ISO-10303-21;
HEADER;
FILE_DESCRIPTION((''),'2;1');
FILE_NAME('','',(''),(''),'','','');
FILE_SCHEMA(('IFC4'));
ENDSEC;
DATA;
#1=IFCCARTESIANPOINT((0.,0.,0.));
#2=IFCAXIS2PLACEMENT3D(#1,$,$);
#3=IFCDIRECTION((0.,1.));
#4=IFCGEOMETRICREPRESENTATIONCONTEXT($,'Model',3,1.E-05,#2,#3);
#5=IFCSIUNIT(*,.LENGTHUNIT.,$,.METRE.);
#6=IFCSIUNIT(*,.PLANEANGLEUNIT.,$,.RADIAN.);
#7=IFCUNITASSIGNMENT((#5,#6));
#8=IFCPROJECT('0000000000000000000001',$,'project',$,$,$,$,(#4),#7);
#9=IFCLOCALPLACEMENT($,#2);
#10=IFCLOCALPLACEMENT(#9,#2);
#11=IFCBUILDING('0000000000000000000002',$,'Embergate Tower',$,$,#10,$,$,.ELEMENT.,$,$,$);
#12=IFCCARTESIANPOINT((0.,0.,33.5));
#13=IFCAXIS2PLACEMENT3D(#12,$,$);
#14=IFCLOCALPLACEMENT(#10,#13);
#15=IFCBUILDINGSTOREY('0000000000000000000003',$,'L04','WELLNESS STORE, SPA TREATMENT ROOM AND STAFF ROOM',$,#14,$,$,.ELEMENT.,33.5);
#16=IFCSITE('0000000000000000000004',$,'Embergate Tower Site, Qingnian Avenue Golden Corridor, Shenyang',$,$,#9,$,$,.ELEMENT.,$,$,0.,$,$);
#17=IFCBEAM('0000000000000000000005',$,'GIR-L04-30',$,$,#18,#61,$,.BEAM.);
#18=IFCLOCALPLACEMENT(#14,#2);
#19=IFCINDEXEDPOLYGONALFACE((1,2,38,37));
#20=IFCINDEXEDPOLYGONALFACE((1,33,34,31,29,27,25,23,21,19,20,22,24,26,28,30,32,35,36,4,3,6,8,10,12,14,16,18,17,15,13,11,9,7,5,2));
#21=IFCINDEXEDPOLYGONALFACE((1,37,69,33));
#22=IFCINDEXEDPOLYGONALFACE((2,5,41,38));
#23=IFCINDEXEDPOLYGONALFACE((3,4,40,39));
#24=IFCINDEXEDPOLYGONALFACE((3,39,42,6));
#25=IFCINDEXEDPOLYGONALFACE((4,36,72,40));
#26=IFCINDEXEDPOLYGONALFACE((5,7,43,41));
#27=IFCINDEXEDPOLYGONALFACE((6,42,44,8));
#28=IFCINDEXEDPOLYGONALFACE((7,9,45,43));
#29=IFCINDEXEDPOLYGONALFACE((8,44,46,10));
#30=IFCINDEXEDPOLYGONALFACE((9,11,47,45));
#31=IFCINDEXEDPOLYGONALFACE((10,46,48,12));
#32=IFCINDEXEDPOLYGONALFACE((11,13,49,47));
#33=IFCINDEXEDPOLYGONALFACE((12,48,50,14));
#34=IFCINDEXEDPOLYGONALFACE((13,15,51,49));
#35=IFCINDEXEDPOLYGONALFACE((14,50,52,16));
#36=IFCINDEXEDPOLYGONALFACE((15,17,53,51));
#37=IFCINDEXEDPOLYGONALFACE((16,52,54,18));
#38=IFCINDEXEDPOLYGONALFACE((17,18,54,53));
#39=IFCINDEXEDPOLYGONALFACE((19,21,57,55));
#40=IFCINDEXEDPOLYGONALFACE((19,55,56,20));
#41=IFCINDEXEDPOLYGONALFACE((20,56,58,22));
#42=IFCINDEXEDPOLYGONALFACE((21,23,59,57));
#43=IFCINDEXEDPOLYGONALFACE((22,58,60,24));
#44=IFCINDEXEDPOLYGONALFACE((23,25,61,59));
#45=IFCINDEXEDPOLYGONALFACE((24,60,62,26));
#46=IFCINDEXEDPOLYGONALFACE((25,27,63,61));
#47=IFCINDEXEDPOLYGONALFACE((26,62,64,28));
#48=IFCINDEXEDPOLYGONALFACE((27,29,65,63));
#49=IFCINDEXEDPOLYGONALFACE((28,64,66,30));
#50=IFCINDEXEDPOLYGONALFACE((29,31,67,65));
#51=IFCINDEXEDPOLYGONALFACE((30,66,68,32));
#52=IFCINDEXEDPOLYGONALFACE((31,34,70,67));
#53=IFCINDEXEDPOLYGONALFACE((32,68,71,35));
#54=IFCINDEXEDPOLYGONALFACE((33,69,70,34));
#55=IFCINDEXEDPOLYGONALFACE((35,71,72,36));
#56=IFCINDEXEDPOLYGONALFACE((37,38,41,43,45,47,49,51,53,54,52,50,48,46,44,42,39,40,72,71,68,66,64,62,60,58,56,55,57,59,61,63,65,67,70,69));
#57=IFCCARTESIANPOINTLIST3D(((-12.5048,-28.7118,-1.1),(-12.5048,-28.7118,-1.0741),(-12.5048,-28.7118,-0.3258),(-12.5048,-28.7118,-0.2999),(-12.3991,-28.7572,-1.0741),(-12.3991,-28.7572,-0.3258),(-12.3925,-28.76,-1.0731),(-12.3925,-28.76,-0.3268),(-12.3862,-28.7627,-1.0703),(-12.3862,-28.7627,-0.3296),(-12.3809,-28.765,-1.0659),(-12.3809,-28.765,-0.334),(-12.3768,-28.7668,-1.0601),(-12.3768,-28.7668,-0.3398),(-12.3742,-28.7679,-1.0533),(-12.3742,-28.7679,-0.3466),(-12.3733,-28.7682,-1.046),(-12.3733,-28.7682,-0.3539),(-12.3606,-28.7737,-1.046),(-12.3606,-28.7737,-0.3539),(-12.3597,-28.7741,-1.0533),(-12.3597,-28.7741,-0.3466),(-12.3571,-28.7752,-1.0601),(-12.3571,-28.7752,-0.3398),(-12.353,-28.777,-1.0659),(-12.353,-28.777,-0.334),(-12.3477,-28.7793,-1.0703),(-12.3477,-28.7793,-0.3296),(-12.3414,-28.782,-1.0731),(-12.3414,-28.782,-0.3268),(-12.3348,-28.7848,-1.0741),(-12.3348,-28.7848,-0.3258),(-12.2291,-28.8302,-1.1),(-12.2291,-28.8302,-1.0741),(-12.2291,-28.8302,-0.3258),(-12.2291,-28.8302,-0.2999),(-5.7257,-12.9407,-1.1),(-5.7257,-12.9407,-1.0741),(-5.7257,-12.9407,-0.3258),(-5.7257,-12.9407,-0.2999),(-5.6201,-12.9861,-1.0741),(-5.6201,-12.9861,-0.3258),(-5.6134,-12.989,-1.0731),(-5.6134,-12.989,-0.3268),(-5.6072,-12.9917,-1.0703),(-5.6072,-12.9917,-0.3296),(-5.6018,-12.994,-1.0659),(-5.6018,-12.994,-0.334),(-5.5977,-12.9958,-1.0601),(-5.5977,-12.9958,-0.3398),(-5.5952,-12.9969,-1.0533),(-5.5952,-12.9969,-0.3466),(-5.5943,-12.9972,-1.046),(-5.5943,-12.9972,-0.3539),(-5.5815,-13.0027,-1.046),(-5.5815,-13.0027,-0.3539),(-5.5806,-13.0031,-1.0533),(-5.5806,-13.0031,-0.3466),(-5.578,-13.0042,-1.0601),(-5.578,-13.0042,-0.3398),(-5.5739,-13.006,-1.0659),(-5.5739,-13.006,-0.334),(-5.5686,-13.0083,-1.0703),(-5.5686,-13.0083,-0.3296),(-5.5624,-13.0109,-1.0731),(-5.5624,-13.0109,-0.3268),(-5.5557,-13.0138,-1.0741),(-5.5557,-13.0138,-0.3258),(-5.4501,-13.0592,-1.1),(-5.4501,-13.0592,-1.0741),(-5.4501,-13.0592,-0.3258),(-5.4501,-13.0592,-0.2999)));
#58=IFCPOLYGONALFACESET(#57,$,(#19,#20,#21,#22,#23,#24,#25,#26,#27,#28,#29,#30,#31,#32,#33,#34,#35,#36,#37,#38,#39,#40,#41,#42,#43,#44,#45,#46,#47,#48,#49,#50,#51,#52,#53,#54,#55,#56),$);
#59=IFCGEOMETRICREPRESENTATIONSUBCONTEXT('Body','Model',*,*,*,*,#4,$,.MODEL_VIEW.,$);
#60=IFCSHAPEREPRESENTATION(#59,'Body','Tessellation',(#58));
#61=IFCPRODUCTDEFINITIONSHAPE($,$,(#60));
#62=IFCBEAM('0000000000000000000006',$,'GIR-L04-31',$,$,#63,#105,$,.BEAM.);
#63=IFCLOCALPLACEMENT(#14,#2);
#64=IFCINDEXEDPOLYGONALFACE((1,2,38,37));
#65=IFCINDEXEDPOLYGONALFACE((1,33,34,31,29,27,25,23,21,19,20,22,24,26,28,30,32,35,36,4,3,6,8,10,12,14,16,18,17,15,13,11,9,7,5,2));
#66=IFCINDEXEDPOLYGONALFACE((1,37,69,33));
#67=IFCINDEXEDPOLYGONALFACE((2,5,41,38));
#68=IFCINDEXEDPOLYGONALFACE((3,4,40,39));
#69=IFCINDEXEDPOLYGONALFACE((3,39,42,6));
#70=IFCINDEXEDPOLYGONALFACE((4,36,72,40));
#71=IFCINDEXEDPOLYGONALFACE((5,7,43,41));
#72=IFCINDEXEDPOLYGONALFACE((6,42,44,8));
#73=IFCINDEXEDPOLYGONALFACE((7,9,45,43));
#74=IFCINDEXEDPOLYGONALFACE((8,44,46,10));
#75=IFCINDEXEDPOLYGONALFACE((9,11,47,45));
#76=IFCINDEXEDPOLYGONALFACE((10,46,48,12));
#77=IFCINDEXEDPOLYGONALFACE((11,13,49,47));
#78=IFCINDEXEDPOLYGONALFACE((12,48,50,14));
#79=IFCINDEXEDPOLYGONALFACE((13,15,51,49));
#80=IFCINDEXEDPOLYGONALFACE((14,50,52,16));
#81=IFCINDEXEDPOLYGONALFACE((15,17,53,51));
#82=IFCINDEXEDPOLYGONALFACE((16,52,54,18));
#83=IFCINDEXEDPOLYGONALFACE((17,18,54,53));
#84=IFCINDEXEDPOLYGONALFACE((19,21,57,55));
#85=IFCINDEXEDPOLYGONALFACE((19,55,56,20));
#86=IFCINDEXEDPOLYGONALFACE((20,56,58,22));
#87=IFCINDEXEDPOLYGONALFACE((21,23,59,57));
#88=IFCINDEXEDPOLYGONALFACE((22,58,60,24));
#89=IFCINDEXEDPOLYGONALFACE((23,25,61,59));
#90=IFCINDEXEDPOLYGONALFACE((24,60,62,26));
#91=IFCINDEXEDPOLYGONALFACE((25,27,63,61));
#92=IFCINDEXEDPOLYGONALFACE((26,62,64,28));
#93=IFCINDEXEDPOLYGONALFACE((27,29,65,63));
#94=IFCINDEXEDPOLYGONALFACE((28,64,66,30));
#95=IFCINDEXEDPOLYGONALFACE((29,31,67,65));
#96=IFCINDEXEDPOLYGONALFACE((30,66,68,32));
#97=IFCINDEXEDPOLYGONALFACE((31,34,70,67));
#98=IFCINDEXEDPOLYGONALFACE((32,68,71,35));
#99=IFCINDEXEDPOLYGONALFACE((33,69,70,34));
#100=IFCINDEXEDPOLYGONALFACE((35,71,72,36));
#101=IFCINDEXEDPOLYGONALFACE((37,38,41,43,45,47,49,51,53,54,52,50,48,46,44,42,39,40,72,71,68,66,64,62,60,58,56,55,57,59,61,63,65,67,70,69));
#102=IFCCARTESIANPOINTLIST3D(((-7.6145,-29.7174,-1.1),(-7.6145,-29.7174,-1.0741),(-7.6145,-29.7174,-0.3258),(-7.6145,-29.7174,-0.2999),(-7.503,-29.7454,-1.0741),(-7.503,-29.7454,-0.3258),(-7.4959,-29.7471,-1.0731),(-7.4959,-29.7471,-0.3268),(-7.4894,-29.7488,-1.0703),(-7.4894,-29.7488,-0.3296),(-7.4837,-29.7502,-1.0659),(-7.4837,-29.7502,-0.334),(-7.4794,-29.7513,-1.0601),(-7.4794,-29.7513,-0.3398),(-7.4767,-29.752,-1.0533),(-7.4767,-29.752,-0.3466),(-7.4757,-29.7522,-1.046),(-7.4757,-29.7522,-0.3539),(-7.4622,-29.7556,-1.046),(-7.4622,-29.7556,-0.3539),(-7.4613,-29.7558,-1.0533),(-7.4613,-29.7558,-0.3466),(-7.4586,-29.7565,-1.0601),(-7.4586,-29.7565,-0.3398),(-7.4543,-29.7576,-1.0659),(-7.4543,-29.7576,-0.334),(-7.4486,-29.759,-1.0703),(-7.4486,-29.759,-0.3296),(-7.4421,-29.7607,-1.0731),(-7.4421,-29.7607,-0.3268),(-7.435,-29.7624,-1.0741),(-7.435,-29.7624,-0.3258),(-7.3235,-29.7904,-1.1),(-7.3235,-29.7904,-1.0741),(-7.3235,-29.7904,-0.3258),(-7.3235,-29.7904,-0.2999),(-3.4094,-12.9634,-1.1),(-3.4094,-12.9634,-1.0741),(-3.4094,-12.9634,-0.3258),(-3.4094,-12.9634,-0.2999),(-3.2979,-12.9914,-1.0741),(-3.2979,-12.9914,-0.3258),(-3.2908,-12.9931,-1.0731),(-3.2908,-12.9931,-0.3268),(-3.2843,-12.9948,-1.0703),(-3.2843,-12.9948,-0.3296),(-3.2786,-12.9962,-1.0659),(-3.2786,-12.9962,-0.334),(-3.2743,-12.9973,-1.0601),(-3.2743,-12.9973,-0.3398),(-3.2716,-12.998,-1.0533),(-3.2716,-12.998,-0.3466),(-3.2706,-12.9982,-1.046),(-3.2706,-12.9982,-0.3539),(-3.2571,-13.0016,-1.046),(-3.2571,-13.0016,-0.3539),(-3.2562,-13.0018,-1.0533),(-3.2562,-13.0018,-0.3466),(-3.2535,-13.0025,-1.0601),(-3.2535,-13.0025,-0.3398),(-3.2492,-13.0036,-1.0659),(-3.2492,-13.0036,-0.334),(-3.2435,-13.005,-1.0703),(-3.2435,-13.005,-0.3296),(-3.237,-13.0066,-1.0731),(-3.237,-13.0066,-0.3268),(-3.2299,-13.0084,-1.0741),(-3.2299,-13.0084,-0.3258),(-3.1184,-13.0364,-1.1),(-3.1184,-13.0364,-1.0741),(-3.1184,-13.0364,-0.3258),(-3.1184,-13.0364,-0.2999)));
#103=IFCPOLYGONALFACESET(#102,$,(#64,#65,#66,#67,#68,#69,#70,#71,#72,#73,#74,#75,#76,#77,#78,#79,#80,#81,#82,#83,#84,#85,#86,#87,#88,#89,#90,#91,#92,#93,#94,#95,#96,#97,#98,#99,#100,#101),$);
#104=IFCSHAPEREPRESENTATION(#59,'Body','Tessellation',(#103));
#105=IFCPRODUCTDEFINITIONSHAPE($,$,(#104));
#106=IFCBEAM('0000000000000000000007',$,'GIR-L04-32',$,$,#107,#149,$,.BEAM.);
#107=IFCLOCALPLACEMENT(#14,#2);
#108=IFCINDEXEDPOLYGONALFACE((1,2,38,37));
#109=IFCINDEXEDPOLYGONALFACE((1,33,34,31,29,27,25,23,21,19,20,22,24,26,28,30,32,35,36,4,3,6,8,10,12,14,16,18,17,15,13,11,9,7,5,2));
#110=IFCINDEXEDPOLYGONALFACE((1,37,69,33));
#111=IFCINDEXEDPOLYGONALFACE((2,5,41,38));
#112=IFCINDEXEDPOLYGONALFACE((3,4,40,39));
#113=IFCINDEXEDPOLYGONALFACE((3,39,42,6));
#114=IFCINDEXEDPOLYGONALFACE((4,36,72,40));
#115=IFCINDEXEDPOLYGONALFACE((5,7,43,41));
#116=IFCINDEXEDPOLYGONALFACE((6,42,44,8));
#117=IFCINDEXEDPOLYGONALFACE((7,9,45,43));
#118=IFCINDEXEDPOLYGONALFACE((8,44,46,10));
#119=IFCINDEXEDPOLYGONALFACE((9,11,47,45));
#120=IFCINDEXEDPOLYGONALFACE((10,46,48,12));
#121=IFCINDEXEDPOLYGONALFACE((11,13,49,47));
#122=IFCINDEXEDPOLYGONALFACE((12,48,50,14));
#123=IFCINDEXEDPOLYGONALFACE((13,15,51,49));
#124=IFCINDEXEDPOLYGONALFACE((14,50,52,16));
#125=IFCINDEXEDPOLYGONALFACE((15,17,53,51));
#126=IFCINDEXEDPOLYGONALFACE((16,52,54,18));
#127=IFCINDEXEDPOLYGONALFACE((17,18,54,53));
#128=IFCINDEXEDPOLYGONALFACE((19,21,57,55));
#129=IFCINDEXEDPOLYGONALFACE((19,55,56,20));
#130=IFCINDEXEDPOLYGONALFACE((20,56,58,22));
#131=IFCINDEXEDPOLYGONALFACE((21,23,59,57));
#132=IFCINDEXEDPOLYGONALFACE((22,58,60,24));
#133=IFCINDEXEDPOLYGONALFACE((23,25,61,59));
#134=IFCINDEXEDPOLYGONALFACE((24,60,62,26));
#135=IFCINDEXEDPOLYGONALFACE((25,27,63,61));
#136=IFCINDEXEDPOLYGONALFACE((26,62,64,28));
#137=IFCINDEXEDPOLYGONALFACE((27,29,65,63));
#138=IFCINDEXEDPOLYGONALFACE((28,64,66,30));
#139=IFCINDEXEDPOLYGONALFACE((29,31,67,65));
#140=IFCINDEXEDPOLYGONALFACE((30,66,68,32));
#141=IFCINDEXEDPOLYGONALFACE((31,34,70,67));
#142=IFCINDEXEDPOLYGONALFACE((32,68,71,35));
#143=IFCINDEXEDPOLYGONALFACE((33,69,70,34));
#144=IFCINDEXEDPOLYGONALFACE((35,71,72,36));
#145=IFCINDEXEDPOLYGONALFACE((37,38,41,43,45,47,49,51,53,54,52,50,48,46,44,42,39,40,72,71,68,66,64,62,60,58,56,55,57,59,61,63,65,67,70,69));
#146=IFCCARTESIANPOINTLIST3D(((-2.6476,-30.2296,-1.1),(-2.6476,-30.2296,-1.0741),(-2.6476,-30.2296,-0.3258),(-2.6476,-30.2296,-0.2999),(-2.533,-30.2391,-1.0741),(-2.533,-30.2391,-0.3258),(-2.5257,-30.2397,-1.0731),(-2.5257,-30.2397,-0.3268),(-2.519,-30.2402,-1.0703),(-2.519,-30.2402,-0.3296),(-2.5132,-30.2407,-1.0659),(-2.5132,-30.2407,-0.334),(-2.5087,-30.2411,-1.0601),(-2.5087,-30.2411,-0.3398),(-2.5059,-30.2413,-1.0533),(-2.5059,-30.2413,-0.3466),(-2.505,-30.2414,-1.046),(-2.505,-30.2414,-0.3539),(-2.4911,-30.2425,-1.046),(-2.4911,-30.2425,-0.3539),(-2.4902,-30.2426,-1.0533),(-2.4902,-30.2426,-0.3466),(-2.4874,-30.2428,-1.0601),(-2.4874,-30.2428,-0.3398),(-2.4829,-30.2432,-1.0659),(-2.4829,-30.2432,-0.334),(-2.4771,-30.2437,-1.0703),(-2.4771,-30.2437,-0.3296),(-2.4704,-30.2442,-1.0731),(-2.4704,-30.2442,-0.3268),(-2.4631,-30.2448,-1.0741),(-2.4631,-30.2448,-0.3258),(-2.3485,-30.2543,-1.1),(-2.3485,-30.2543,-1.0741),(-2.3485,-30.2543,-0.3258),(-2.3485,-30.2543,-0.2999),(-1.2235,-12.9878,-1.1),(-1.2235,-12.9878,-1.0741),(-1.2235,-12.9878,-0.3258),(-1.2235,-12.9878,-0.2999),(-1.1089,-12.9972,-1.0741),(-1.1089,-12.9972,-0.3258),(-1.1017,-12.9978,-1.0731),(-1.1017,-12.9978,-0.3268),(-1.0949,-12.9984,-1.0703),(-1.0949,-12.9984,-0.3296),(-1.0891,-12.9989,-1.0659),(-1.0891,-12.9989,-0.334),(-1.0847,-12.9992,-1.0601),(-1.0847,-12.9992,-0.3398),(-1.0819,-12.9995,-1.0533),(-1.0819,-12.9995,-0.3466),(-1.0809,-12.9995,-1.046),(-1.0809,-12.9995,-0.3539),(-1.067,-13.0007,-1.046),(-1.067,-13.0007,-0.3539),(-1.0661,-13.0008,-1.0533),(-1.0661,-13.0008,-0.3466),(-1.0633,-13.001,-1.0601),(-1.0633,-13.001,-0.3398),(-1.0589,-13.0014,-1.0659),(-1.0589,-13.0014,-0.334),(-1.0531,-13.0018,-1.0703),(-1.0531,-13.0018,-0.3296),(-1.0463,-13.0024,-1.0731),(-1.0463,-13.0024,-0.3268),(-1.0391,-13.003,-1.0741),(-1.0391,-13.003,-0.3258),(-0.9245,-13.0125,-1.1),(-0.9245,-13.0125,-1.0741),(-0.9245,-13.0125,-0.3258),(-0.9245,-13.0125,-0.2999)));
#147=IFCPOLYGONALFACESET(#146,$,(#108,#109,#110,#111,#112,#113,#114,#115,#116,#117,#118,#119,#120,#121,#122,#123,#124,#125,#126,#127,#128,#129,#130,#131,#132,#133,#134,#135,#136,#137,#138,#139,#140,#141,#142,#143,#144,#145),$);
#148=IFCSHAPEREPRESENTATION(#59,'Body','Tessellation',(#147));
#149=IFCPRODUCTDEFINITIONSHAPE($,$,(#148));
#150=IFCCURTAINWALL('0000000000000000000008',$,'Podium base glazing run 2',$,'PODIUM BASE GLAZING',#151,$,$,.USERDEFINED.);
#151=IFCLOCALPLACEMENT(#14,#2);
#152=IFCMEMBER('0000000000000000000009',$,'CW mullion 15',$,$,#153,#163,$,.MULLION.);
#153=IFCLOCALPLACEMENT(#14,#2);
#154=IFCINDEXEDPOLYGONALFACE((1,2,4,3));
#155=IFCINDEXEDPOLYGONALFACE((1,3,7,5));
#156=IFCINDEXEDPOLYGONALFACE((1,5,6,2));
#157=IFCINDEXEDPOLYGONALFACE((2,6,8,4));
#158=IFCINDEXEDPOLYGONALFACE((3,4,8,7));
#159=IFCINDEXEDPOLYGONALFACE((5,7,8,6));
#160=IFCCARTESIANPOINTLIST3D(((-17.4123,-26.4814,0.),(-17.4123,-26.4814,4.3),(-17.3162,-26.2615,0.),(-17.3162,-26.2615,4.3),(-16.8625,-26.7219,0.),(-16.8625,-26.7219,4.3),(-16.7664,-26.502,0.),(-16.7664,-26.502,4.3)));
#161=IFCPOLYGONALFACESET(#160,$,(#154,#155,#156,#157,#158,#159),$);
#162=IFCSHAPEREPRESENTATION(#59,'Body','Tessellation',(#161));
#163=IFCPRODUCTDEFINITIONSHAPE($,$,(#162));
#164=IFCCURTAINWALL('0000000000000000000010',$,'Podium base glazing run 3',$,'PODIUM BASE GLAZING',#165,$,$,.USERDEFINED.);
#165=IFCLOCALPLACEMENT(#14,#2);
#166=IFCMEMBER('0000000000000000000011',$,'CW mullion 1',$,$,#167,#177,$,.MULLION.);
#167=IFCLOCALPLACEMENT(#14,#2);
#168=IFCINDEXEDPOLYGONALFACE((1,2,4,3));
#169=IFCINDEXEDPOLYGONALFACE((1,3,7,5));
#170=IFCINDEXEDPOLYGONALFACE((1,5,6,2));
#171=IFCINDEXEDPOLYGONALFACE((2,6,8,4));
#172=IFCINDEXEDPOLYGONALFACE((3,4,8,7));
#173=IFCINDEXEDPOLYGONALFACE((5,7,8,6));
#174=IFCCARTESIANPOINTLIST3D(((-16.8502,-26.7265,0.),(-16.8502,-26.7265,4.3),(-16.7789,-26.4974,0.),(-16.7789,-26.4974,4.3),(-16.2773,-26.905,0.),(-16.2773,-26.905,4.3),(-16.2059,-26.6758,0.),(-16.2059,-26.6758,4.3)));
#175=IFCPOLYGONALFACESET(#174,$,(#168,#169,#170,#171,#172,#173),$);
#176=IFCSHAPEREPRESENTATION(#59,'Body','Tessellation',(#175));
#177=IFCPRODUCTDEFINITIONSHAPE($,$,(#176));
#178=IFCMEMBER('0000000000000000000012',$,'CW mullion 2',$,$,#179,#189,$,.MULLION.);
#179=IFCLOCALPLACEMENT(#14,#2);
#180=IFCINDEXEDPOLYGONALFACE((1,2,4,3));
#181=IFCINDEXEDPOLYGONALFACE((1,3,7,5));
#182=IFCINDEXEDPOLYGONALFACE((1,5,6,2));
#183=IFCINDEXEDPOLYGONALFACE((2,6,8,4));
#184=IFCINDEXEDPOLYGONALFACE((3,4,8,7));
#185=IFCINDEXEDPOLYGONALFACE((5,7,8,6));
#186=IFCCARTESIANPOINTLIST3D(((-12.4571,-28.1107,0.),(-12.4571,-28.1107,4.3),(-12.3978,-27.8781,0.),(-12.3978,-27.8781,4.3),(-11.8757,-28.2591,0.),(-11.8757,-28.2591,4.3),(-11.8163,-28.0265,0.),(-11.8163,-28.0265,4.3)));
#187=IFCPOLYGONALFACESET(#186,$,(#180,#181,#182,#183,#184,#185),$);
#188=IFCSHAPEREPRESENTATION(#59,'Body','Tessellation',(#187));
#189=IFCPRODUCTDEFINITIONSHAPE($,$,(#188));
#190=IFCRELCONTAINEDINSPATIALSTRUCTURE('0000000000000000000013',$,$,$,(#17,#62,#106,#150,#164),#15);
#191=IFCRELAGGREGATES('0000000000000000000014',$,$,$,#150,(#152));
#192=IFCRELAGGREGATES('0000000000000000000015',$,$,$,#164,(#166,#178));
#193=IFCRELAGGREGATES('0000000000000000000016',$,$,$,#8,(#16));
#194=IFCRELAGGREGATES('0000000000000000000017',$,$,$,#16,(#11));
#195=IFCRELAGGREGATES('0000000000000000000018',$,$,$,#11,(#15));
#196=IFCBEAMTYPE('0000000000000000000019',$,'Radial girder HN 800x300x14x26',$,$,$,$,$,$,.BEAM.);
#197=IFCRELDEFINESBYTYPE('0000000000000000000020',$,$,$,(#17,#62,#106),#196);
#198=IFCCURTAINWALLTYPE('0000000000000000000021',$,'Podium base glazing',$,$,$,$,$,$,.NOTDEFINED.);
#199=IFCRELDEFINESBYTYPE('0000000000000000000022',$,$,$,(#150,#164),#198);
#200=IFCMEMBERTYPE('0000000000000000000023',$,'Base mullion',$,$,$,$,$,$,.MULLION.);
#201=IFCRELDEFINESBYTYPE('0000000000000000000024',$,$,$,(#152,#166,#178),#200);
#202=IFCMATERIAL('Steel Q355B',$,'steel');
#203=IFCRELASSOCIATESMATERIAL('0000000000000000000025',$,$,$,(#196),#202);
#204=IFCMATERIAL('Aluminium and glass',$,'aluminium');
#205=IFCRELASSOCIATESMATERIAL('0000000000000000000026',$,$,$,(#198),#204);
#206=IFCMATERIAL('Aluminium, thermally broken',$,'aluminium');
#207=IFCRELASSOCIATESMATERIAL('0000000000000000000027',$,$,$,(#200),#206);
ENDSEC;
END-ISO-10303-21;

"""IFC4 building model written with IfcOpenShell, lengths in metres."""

from ifc_helpers import new_model, si_unit, direction, frame, origin, origin_2d, place, context, subcontext, project, spatial, rectangle, i_section, extrude, source, transform, mapped, material, material_profile, profile_set, type_object, element, aggregate, save


model = new_model("IFC4")

# Units and contexts
model_context = context("Model", 3, precision=1e-05, world=origin(), true_north=direction((0.0, 1.0)))
body_context = subcontext(model_context, "Body", "Model", "MODEL_VIEW")
ifc_project = project(units=[si_unit("LENGTHUNIT", "METRE"), si_unit("PLANEANGLEUNIT", "RADIAN")], contexts=[model_context])

# Site, building, storey
site_placement = place(None, origin())
site = spatial("IfcSite", under=ifc_project, at=site_placement, Name="Embergate Tower Site, Qingnian Avenue Golden Corridor, Shenyang", CompositionType="ELEMENT", RefElevation=0.0)
building_placement = place(site_placement, origin())
building = spatial("IfcBuilding", under=site, at=building_placement, Name="Embergate Tower", CompositionType="ELEMENT")
storey_placement = place(building_placement, frame((0.0, 0.0, 33.5)))
storey = spatial("IfcBuildingStorey", under=building, at=storey_placement, Name="L04", Description="WELLNESS STORE, SPA TREATMENT ROOM AND STAFF ROOM", CompositionType="ELEMENT", Elevation=33.5)

# Beams
ifc_material_1 = material(Name="Steel Q355B", Category="steel")
ifc_material_profile_1 = material_profile(ifc_material_1, i_section(OverallWidth=0.3, OverallDepth=0.8, WebThickness=0.0139, FlangeThickness=0.0259, FilletRadius=0.0281, at=origin_2d()), Name="HN 800x300x14x26")
ifc_profile_set_1 = profile_set([ifc_material_profile_1], Name="Steel Q355 grade B")
beam_type_1 = type_object("IfcBeamType", Name="Radial girder HN 800x300x14x26", PredefinedType="BEAM", material=ifc_profile_set_1)
shared_shape_1 = source(origin(), body_context, "Body", "SweptSolid", [
    extrude(i_section(OverallWidth=0.3, OverallDepth=0.8, WebThickness=0.0139, FlangeThickness=0.0259, FilletRadius=0.0281, at=origin_2d()), origin(), (0.0, 0.0, 1.0), 17.1663),
])
beam_1_placement = place(storey_placement, frame((-12.3669, -28.771, -0.7), z_axis=(0.394906, 0.918722, 0.0), x_axis=(-0.918722, 0.394906, 0.0)))
element("IfcBeam", 1, at=beam_1_placement, inside=storey, type_object=beam_type_1, Name="GIR-L04-30", PredefinedType="BEAM", context=body_context, shape_type="MappedRepresentation", body=[
    mapped(shared_shape_1, transform((0.0, 0.0, 0.0))),
])
shared_shape_2 = source(origin(), body_context, "Body", "SweptSolid", [
    extrude(i_section(OverallWidth=0.3, OverallDepth=0.8, WebThickness=0.0139, FlangeThickness=0.0259, FilletRadius=0.0281, at=origin_2d()), origin(), (0.0, 0.0, 1.0), 17.2737),
])
beam_2_placement = place(storey_placement, frame((-7.469, -29.7539, -0.7), z_axis=(0.24344, 0.969916, 0.0), x_axis=(-0.969916, 0.24344, 0.0)))
element("IfcBeam", 2, at=beam_2_placement, inside=storey, type_object=beam_type_1, Name="GIR-L04-31", PredefinedType="BEAM", context=body_context, shape_type="MappedRepresentation", body=[
    mapped(shared_shape_2, transform((0.0, 0.0, 0.0))),
])
shared_shape_3 = source(origin(), body_context, "Body", "SweptSolid", [
    extrude(i_section(OverallWidth=0.3, OverallDepth=0.8, WebThickness=0.0139, FlangeThickness=0.0259, FilletRadius=0.0281, at=origin_2d()), origin(), (0.0, 0.0, 1.0), 17.3005),
])
beam_3_placement = place(storey_placement, frame((-2.498, -30.2419, -0.7), z_axis=(0.082313, 0.996607, 0.0), x_axis=(-0.996607, 0.082313, 0.0)))
element("IfcBeam", 3, at=beam_3_placement, inside=storey, type_object=beam_type_1, Name="GIR-L04-32", PredefinedType="BEAM", context=body_context, shape_type="MappedRepresentation", body=[
    mapped(shared_shape_3, transform((0.0, 0.0, 0.0))),
])

# Curtain wall, member
ifc_material_2 = material(Name="Aluminium and glass", Category="aluminium")
curtain_wall_type = type_object("IfcCurtainWallType", Name="Podium base glazing", PredefinedType="NOTDEFINED", material=ifc_material_2)
curtain_wall_1_placement = place(storey_placement, origin())
curtain_wall_1 = element("IfcCurtainWall", 4, at=curtain_wall_1_placement, inside=storey, type_object=curtain_wall_type, Name="Podium base glazing run 2", ObjectType="PODIUM BASE GLAZING", PredefinedType="USERDEFINED")
ifc_material_3 = material(Name="Aluminium, thermally broken", Category="aluminium")
ifc_material_profile_2 = material_profile(ifc_material_3, rectangle(XDim=0.24, YDim=0.6001, at=origin_2d()), Name="AL 600x240")
ifc_profile_set_2 = profile_set([ifc_material_profile_2], Name="Aluminium, thermally broken")
member_type_1 = type_object("IfcMemberType", Name="Base mullion", PredefinedType="MULLION", material=ifc_profile_set_2)
shared_shape_4 = source(origin(), body_context, "Body", "SweptSolid", [
    extrude(rectangle(XDim=0.24, YDim=0.6001, at=origin_2d()), origin(), (0.0, 0.0, 1.0), 4.3),
])
member_1_placement = place(storey_placement, frame((-17.0894, -26.4917, 0.0), z_axis=(0.0, 0.0, 1.0), x_axis=(0.400637, 0.916237, 0.0)))
member_1 = element("IfcMember", 5, at=member_1_placement, type_object=member_type_1, Name="CW mullion 15", PredefinedType="MULLION", context=body_context, shape_type="MappedRepresentation", body=[
    mapped(shared_shape_4, transform((0.0, 0.0, 0.0))),
])
aggregate(curtain_wall_1, [member_1])

# Curtain wall, members
curtain_wall_2_placement = place(storey_placement, origin())
curtain_wall_2 = element("IfcCurtainWall", 6, at=curtain_wall_2_placement, inside=storey, type_object=curtain_wall_type, Name="Podium base glazing run 3", ObjectType="PODIUM BASE GLAZING", PredefinedType="USERDEFINED")
member_2_placement = place(storey_placement, frame((-16.5281, -26.7012, 0.0), z_axis=(0.0, 0.0, 1.0), x_axis=(0.297337, 0.954773, 0.0)))
member_2 = element("IfcMember", 7, at=member_2_placement, type_object=member_type_1, Name="CW mullion 1", PredefinedType="MULLION", context=body_context, shape_type="MappedRepresentation", body=[
    mapped(shared_shape_4, transform((0.0, 0.0, 0.0))),
])
member_3_placement = place(storey_placement, frame((-12.1367, -28.0686, 0.0), z_axis=(0.0, 0.0, 1.0), x_axis=(0.24731, 0.968936, 0.0)))
member_3 = element("IfcMember", 8, at=member_3_placement, type_object=member_type_1, Name="CW mullion 2", PredefinedType="MULLION", context=body_context, shape_type="MappedRepresentation", body=[
    mapped(shared_shape_4, transform((0.0, 0.0, 0.0))),
])

aggregate(curtain_wall_2, [member_2, member_3])

save(model, "model.ifc")
